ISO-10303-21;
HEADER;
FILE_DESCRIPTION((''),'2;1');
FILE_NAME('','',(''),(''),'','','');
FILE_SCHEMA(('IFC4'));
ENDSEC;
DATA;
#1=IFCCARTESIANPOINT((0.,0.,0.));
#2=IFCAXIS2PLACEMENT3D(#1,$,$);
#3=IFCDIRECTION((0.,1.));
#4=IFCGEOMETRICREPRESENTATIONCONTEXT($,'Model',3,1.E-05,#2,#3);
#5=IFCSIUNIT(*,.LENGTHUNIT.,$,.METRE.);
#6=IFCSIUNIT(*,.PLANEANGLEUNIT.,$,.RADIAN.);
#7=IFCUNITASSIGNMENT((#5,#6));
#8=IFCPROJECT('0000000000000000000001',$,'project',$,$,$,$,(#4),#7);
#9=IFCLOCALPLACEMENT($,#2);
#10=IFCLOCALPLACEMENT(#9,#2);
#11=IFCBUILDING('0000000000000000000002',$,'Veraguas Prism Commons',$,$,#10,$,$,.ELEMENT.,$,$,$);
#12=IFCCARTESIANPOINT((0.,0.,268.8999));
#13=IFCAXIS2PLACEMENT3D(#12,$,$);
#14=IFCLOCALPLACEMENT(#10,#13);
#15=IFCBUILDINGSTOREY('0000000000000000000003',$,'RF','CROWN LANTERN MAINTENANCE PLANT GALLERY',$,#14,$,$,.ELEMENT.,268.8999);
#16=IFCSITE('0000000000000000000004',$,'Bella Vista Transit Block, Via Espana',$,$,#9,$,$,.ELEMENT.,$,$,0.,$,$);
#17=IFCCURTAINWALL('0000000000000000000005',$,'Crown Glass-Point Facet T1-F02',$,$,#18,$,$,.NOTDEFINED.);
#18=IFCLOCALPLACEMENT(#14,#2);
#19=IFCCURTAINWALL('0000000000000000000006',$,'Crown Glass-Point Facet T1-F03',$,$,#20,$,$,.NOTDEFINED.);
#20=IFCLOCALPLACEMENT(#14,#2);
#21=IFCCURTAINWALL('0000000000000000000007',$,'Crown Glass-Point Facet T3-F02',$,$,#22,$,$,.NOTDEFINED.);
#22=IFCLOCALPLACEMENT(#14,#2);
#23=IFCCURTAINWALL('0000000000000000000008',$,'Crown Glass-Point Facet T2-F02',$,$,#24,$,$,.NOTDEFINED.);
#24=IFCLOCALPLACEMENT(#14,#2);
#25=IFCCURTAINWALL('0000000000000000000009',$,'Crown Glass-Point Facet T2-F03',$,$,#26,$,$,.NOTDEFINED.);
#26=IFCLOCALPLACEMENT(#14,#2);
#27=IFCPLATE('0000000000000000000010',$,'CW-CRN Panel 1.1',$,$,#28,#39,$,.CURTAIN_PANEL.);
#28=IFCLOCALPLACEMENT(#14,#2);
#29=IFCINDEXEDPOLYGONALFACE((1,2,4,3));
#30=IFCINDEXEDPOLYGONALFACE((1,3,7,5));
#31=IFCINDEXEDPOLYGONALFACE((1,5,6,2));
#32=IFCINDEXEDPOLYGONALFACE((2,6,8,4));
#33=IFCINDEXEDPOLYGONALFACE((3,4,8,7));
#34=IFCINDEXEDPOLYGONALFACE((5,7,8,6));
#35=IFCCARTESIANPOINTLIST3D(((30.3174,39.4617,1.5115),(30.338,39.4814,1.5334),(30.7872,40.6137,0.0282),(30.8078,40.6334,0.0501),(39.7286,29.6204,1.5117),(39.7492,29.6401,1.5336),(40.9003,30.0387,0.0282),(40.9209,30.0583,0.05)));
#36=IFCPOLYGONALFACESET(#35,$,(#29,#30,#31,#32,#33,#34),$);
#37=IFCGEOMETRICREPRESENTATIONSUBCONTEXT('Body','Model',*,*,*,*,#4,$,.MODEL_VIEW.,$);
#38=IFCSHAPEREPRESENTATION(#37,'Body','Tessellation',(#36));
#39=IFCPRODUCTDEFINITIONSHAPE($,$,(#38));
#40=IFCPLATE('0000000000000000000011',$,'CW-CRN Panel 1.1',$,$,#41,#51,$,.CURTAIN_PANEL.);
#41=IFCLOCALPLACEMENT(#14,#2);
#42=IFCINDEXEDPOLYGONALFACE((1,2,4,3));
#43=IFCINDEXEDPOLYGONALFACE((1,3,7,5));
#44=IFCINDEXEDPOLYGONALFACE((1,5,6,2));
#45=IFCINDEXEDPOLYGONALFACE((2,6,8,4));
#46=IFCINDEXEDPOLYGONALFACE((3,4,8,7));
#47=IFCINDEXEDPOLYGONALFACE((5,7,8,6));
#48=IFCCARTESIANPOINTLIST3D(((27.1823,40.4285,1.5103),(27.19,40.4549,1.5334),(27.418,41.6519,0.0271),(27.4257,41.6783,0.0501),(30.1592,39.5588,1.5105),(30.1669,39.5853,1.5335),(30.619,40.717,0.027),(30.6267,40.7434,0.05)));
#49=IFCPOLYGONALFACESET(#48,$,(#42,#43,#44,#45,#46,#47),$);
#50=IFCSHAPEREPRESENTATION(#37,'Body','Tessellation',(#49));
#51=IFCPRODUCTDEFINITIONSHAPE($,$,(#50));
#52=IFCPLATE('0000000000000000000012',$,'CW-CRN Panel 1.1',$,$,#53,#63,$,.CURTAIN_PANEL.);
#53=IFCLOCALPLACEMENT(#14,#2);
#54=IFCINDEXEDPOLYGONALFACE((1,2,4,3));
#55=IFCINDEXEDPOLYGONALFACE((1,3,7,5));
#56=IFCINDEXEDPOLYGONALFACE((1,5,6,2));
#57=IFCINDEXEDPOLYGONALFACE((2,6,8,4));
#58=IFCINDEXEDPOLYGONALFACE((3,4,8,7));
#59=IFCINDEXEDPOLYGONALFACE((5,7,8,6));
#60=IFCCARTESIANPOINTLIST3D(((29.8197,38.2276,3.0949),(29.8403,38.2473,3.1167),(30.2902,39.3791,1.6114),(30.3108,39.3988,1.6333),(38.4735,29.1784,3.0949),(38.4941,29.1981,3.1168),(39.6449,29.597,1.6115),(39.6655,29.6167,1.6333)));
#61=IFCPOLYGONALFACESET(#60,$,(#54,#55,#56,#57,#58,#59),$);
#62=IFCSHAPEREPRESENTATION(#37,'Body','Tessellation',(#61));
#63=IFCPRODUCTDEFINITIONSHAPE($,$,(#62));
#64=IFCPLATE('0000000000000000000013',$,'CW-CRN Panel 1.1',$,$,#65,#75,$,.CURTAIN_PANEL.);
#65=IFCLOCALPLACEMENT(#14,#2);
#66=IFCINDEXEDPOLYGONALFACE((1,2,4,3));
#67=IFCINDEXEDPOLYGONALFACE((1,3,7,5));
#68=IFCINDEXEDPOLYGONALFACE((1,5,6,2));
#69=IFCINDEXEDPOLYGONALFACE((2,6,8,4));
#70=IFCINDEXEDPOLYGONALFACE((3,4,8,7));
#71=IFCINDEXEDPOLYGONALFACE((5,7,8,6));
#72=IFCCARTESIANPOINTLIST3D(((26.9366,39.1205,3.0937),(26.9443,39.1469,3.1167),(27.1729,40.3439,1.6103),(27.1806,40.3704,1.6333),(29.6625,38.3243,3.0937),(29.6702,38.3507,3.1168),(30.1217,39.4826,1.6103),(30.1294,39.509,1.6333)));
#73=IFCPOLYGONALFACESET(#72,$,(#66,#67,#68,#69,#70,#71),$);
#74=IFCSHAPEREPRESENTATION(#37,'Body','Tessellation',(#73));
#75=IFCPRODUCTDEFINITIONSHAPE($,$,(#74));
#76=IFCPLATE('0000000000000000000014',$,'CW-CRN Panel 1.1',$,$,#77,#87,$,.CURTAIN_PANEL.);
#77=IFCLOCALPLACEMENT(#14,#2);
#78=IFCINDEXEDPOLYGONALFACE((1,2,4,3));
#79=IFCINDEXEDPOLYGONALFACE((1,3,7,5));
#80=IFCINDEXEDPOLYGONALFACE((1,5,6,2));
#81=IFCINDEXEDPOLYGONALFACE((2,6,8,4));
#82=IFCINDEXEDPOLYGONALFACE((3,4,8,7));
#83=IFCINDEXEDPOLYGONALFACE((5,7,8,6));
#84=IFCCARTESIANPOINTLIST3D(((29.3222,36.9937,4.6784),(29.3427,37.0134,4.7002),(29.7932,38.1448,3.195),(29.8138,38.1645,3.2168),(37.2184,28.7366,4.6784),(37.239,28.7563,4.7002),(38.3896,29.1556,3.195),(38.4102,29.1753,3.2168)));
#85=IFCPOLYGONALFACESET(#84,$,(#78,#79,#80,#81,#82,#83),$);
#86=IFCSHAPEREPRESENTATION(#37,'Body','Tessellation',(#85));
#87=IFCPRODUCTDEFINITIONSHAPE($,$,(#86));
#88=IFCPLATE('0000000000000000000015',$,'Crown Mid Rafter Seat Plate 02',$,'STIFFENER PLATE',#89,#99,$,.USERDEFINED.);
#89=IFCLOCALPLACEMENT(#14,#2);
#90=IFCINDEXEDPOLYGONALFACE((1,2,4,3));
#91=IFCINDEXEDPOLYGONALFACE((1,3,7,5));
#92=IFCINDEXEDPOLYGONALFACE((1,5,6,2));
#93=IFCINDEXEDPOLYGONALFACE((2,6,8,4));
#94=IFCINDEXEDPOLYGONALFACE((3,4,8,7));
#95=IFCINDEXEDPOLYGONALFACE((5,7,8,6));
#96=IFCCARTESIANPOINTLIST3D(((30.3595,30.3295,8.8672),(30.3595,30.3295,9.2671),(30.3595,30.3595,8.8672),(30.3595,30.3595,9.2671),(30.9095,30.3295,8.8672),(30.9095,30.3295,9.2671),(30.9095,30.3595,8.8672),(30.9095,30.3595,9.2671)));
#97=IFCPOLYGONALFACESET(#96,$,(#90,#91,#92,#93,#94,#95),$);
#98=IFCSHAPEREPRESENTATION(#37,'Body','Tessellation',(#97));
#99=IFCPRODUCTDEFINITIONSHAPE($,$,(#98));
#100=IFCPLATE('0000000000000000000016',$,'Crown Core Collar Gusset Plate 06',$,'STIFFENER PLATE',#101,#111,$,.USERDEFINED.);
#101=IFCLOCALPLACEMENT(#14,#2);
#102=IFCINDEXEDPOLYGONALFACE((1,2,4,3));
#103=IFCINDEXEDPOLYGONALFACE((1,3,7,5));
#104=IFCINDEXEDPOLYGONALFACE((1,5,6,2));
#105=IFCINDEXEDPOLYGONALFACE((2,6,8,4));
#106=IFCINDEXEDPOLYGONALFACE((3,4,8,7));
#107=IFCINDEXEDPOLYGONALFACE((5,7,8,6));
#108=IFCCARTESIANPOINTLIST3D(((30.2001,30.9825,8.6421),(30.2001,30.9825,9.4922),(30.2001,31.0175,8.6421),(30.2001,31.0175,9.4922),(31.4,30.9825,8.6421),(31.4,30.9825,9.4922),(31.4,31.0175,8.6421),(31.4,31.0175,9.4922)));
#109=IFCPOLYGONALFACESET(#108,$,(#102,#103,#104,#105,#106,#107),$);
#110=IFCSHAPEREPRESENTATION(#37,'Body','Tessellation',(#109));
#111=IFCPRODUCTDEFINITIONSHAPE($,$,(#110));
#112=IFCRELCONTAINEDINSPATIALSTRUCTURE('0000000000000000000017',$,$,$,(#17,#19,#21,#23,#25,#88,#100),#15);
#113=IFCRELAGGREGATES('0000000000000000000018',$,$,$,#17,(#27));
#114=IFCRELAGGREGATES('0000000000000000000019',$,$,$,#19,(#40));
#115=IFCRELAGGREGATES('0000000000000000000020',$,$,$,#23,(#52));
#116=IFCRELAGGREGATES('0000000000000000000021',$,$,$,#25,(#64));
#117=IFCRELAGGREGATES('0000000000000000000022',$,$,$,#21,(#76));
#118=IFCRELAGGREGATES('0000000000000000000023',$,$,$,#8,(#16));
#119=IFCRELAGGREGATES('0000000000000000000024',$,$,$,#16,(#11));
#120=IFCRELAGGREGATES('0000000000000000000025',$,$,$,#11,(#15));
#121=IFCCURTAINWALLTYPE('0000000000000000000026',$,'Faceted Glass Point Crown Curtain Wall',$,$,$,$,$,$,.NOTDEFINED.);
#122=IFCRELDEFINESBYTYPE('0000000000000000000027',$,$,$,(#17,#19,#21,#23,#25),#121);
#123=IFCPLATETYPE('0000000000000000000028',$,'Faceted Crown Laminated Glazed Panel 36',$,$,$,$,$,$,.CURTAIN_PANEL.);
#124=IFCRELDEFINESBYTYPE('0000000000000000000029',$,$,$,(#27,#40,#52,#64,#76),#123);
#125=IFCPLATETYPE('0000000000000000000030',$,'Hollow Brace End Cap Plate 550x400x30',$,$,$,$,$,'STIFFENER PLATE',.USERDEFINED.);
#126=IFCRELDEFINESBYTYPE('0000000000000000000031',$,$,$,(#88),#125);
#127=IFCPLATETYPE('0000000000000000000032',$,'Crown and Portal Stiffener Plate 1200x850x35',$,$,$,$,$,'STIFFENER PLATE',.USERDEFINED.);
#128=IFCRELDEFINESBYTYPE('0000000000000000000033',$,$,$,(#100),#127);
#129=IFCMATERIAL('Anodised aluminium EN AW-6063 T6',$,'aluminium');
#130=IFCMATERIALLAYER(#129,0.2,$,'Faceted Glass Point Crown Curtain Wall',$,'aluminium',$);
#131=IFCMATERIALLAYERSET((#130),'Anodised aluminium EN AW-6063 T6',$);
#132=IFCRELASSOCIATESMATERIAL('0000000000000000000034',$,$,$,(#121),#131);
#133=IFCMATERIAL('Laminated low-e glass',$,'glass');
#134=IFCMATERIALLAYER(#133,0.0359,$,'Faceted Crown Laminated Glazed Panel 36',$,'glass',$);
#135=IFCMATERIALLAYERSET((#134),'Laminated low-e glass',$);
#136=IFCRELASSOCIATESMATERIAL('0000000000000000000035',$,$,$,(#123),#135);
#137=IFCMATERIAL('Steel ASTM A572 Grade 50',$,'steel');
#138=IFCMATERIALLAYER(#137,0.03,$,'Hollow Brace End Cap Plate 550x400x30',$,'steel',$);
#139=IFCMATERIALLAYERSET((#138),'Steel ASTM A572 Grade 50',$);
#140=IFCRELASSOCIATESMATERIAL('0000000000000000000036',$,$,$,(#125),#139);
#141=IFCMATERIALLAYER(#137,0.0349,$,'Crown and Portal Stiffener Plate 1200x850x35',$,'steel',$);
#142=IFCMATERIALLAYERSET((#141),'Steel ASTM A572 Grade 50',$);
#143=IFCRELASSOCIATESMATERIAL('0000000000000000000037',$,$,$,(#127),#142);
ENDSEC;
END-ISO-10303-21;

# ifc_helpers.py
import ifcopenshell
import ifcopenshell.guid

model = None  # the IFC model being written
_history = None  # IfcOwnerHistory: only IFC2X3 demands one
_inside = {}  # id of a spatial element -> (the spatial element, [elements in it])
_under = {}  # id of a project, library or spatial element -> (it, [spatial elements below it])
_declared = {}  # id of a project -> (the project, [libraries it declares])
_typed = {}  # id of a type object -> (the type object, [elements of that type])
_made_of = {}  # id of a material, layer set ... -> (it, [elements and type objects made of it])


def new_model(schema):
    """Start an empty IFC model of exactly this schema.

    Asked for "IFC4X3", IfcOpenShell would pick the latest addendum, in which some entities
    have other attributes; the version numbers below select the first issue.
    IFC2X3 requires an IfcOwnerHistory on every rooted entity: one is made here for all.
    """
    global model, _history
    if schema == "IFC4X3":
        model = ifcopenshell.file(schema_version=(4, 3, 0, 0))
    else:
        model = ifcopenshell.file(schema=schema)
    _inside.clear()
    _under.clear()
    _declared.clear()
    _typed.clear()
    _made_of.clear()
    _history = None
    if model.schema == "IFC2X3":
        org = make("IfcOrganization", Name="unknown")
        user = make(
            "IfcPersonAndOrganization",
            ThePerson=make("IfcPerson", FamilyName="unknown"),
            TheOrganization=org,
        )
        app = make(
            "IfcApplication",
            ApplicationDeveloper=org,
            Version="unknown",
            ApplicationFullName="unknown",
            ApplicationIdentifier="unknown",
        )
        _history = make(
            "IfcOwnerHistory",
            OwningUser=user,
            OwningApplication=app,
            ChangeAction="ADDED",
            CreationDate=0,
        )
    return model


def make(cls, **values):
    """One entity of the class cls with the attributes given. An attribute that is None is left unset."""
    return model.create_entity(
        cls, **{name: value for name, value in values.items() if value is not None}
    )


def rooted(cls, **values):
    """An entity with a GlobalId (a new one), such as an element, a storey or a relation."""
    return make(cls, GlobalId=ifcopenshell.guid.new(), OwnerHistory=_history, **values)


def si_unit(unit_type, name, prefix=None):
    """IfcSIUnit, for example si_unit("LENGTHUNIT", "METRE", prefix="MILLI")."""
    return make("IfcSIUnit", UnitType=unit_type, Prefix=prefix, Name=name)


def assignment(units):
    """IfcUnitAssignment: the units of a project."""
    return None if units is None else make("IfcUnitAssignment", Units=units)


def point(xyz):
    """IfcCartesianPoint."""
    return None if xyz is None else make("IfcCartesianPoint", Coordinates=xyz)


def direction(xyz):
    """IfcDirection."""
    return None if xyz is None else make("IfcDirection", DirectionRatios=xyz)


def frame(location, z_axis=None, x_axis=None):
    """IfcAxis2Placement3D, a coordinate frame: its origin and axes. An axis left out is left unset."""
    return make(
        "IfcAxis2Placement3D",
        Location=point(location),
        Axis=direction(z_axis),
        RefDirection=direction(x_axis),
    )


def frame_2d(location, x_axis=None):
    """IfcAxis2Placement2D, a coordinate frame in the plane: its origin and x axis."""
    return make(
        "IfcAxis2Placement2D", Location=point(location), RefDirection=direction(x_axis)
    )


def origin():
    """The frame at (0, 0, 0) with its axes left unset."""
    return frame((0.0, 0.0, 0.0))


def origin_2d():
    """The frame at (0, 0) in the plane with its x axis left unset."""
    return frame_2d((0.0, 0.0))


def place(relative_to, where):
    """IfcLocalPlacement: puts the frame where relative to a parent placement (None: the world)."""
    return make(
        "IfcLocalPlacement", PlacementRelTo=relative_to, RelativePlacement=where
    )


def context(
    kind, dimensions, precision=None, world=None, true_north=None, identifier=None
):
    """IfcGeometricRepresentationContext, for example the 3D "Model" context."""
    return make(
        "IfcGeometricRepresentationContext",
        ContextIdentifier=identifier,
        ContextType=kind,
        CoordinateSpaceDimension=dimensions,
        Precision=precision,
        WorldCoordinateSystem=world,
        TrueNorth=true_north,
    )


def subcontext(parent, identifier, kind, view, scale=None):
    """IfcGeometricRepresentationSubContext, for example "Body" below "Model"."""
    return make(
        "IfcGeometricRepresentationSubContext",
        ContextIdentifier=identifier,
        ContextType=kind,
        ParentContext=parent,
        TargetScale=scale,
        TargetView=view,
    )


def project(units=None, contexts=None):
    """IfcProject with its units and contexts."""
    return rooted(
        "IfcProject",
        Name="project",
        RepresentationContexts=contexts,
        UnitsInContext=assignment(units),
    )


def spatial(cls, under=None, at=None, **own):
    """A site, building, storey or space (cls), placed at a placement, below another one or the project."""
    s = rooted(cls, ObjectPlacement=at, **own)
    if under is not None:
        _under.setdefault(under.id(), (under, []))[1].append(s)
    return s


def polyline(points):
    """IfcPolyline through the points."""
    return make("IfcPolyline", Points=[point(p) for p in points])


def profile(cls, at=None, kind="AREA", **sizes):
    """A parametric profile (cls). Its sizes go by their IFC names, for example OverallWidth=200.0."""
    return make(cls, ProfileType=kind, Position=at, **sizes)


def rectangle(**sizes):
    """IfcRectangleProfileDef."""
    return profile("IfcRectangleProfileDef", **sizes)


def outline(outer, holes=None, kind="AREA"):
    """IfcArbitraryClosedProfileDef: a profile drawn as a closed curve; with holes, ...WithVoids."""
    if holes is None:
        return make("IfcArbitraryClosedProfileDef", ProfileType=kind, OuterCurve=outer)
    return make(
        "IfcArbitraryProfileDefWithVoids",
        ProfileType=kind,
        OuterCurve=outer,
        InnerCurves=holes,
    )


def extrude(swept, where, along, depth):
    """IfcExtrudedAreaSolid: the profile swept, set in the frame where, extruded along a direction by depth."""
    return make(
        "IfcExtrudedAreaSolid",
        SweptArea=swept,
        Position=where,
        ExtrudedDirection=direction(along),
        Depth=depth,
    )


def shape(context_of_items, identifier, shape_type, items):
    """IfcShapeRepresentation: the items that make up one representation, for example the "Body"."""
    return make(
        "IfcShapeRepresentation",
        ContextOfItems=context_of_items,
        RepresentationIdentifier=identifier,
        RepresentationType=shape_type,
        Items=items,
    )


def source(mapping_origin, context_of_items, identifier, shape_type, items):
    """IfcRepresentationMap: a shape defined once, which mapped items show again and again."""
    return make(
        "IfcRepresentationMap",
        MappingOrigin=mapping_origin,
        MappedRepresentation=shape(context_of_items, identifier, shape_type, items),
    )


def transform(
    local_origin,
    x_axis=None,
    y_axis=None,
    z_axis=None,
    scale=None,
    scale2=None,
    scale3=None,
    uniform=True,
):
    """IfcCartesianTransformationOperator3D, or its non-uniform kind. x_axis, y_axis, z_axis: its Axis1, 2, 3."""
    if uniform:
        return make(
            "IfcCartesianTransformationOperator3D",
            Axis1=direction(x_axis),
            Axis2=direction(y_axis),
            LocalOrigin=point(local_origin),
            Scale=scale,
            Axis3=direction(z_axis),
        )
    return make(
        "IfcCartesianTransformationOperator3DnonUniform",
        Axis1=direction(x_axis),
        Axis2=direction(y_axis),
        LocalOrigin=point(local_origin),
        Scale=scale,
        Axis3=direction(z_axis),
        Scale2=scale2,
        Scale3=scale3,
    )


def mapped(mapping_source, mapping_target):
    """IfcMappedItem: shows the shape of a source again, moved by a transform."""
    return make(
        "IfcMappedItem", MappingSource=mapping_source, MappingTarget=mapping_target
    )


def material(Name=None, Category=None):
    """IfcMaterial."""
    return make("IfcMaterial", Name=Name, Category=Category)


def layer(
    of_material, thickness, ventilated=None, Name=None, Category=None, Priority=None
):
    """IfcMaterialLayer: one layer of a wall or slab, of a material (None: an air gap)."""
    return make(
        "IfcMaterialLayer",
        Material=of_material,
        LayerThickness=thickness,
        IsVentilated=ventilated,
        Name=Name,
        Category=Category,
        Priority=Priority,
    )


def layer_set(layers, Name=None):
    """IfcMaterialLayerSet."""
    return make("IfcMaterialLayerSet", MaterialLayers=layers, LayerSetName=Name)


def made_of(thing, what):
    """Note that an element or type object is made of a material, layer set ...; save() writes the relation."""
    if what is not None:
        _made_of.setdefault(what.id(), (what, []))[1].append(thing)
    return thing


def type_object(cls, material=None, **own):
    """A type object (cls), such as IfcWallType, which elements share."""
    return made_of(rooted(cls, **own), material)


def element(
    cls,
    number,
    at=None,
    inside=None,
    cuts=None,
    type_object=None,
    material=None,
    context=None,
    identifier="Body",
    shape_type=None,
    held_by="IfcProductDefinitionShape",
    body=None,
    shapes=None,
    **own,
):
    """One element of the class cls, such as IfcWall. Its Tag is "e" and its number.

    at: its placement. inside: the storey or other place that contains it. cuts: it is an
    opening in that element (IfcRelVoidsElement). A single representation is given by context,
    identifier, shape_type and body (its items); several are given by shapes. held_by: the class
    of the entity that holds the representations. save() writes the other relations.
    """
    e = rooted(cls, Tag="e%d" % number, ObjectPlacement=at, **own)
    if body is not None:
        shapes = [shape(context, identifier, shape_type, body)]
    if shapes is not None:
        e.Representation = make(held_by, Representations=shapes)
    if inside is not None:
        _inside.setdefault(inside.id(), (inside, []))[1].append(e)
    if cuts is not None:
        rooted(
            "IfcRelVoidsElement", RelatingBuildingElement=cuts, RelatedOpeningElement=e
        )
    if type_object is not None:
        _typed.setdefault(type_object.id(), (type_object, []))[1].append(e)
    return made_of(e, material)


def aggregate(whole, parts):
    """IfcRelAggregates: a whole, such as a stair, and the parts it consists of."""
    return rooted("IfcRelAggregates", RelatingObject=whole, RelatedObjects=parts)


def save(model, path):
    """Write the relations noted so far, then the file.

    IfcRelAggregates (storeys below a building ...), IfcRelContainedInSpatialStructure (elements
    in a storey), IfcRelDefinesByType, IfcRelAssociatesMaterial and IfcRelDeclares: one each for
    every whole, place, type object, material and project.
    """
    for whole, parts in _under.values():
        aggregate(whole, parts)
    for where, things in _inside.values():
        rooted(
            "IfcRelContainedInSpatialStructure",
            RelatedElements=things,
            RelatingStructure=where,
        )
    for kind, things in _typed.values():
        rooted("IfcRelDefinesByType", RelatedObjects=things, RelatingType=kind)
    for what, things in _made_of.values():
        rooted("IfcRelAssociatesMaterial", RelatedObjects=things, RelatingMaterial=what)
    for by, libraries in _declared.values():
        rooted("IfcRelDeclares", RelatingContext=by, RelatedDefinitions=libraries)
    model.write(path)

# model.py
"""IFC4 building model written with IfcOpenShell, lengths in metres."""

from ifc_helpers import new_model, si_unit, direction, frame, origin, origin_2d, place, context, subcontext, project, spatial, polyline, rectangle, outline, extrude, source, transform, mapped, material, layer, layer_set, type_object, element, aggregate, save


model = new_model("IFC4")

# Units and contexts
model_context = context("Model", 3, precision=1e-05, world=origin(), true_north=direction((0.0, 1.0)))
body_context = subcontext(model_context, "Body", "Model", "MODEL_VIEW")
ifc_project = project(units=[si_unit("LENGTHUNIT", "METRE"), si_unit("PLANEANGLEUNIT", "RADIAN")], contexts=[model_context])

# Site, building, storey
site_placement = place(None, origin())
site = spatial("IfcSite", under=ifc_project, at=site_placement, Name="Bella Vista Transit Block, Via Espana", CompositionType="ELEMENT", RefElevation=0.0)
building_placement = place(site_placement, origin())
building = spatial("IfcBuilding", under=site, at=building_placement, Name="Veraguas Prism Commons", CompositionType="ELEMENT")
storey_placement = place(building_placement, frame((0.0, 0.0, 268.8999)))
storey = spatial("IfcBuildingStorey", under=building, at=storey_placement, Name="RF", Description="CROWN LANTERN MAINTENANCE PLANT GALLERY", CompositionType="ELEMENT", Elevation=268.8999)

# Shared definitions
ifc_material_1 = material(Name="Anodised aluminium EN AW-6063 T6", Category="aluminium")
ifc_layer_1 = layer(ifc_material_1, 0.2, Name="Faceted Glass Point Crown Curtain Wall", Category="aluminium")
ifc_layer_set_1 = layer_set([ifc_layer_1], Name="Anodised aluminium EN AW-6063 T6")
curtain_wall_type = type_object("IfcCurtainWallType", Name="Faceted Glass Point Crown Curtain Wall", PredefinedType="NOTDEFINED", material=ifc_layer_set_1)

# Curtain wall
curtain_wall_1_placement = place(storey_placement, origin())
curtain_wall_1 = element("IfcCurtainWall", 1, at=curtain_wall_1_placement, inside=storey, type_object=curtain_wall_type, Name="Crown Glass-Point Facet T1-F02", PredefinedType="NOTDEFINED")

# Curtain walls
curtain_wall_2_placement = place(storey_placement, origin())
curtain_wall_2 = element("IfcCurtainWall", 2, at=curtain_wall_2_placement, inside=storey, type_object=curtain_wall_type, Name="Crown Glass-Point Facet T1-F03", PredefinedType="NOTDEFINED")
curtain_wall_3_placement = place(storey_placement, origin())
curtain_wall_3 = element("IfcCurtainWall", 3, at=curtain_wall_3_placement, inside=storey, type_object=curtain_wall_type, Name="Crown Glass-Point Facet T3-F02", PredefinedType="NOTDEFINED")

# Curtain wall
curtain_wall_4_placement = place(storey_placement, origin())
curtain_wall_4 = element("IfcCurtainWall", 4, at=curtain_wall_4_placement, inside=storey, type_object=curtain_wall_type, Name="Crown Glass-Point Facet T2-F02", PredefinedType="NOTDEFINED")

# Curtain wall
curtain_wall_5_placement = place(storey_placement, origin())
curtain_wall_5 = element("IfcCurtainWall", 5, at=curtain_wall_5_placement, inside=storey, type_object=curtain_wall_type, Name="Crown Glass-Point Facet T2-F03", PredefinedType="NOTDEFINED")

# Plates
ifc_material_2 = material(Name="Laminated low-e glass", Category="glass")
ifc_layer_2 = layer(ifc_material_2, 0.0359, Name="Faceted Crown Laminated Glazed Panel 36", Category="glass")
ifc_layer_set_2 = layer_set([ifc_layer_2], Name="Laminated low-e glass")
plate_type_1 = type_object("IfcPlateType", Name="Faceted Crown Laminated Glazed Panel 36", PredefinedType="CURTAIN_PANEL", material=ifc_layer_set_2)
plate_1_placement = place(storey_placement, frame((40.9209, 30.0583, 0.05), z_axis=(0.573831, 0.548764, 0.607928), x_axis=(-0.691146, 0.722715, 0.000001)))
plate_1 = element("IfcPlate", 6, at=plate_1_placement, type_object=plate_type_1, Name="CW-CRN Panel 1.1", PredefinedType="CURTAIN_PANEL", context=body_context, shape_type="SweptSolid", body=[
    extrude(outline(polyline([(0.0, 0.0), (14.6323, 0.0), (14.1245, 1.8682), (0.5076, 1.8684), (0.0, 0.0)])), origin(), (0.0, 0.0, -1.0), 0.0359),
])
aggregate(curtain_wall_1, [plate_1])
plate_2_placement = place(storey_placement, frame((30.6267, 40.7434, 0.05), z_axis=(0.215068, 0.736342, 0.641519), x_axis=(-0.959898, 0.280351, 0.000014)))
plate_2 = element("IfcPlate", 7, at=plate_2_placement, type_object=plate_type_1, Name="CW-CRN Panel 1.1", PredefinedType="CURTAIN_PANEL", context=body_context, shape_type="SweptSolid", body=[
    extrude(outline(polyline([(0.0, 0.0), (3.3347, 0.0), (3.218, 1.9336), (0.1167, 1.9338), (0.0, 0.0)])), origin(), (0.0, 0.0, -1.0), 0.0359),
])
aggregate(curtain_wall_2, [plate_2])
plate_3_placement = place(storey_placement, frame((39.6655, 29.6167, 1.6333), z_axis=(0.573816, 0.548746, 0.607958), x_axis=(-0.691141, 0.72272, -0.000003)))
plate_3 = element("IfcPlate", 8, at=plate_3_placement, type_object=plate_type_1, Name="CW-CRN Panel 1.1", PredefinedType="CURTAIN_PANEL", context=body_context, shape_type="SweptSolid", body=[
    extrude(outline(polyline([(0.0, 0.0), (13.5352, 0.0), (13.0281, 1.8684), (0.5071, 1.8684), (0.0, 0.0)])), origin(), (0.0, 0.0, -1.0), 0.0359),
])
aggregate(curtain_wall_4, [plate_3])
plate_4_placement = place(storey_placement, frame((30.1294, 39.509, 1.6333), z_axis=(0.215076, 0.736339, 0.641519), x_axis=(-0.95989, 0.280378, -0.000006)))
plate_4 = element("IfcPlate", 9, at=plate_4_placement, type_object=plate_type_1, Name="CW-CRN Panel 1.1", PredefinedType="CURTAIN_PANEL", context=body_context, shape_type="SweptSolid", body=[
    extrude(outline(polyline([(0.0, 0.0), (3.072, 0.0), (2.9558, 1.9338), (0.116, 1.9338), (0.0, 0.0)])), origin(), (0.0, 0.0, -1.0), 0.0359),
])
aggregate(curtain_wall_5, [plate_4])
plate_5_placement = place(storey_placement, frame((38.4102, 29.1753, 3.2168), z_axis=(0.573803, 0.548728, 0.607987), x_axis=(-0.691139, 0.722722, 0.0)))
plate_5 = element("IfcPlate", 10, at=plate_5_placement, type_object=plate_type_1, Name="CW-CRN Panel 1.1", PredefinedType="CURTAIN_PANEL", context=body_context, shape_type="SweptSolid", body=[
    extrude(outline(polyline([(0.0, 0.0), (12.438, 0.0), (11.9316, 1.8684), (0.5066, 1.8684), (0.0, 0.0)])), origin(), (0.0, 0.0, -1.0), 0.0359),
])
aggregate(curtain_wall_3, [plate_5])

# Plates
ifc_material_3 = material(Name="Steel ASTM A572 Grade 50", Category="steel")
ifc_layer_3 = layer(ifc_material_3, 0.03, Name="Hollow Brace End Cap Plate 550x400x30", Category="steel")
ifc_layer_set_3 = layer_set([ifc_layer_3], Name="Steel ASTM A572 Grade 50")
plate_type_2 = type_object("IfcPlateType", Name="Hollow Brace End Cap Plate 550x400x30", ElementType="STIFFENER PLATE", PredefinedType="USERDEFINED", material=ifc_layer_set_3)
shared_shape_1 = source(origin(), body_context, "Body", "SweptSolid", [
    extrude(rectangle(XDim=0.55, YDim=0.03, at=origin_2d()), origin(), (0.0, 0.0, 1.0), 0.3999),
])
plate_6_placement = place(storey_placement, frame((30.6345, 30.3445, 8.8672), z_axis=(0.0, 0.0, 1.0), x_axis=(1.0, 0.0, 0.0)))
element("IfcPlate", 11, at=plate_6_placement, inside=storey, type_object=plate_type_2, Name="Crown Mid Rafter Seat Plate 02", ObjectType="STIFFENER PLATE", PredefinedType="USERDEFINED", context=body_context, shape_type="MappedRepresentation", body=[
    mapped(shared_shape_1, transform((0.0, 0.0, 0.0), scale=1.0)),
])
ifc_layer_4 = layer(ifc_material_3, 0.0349, Name="Crown and Portal Stiffener Plate 1200x850x35", Category="steel")
ifc_layer_set_4 = layer_set([ifc_layer_4], Name="Steel ASTM A572 Grade 50")
plate_type_3 = type_object("IfcPlateType", Name="Crown and Portal Stiffener Plate 1200x850x35", ElementType="STIFFENER PLATE", PredefinedType="USERDEFINED", material=ifc_layer_set_4)
shared_shape_2 = source(origin(), body_context, "Body", "SweptSolid", [
    extrude(rectangle(XDim=1.2, YDim=0.0349, at=origin_2d()), origin(), (0.0, 0.0, 1.0), 0.8501),
])
plate_7_placement = place(storey_placement, frame((30.8, 31.0, 8.6421), z_axis=(0.0, 0.0, 1.0), x_axis=(1.0, 0.0, 0.0)))
element("IfcPlate", 12, at=plate_7_placement, inside=storey, type_object=plate_type_3, Name="Crown Core Collar Gusset Plate 06", ObjectType="STIFFENER PLATE", PredefinedType="USERDEFINED", context=body_context, shape_type="MappedRepresentation", body=[
    mapped(shared_shape_2, transform((0.0, 0.0, 0.0), scale=1.0)),
])

save(model, "model.ifc")
